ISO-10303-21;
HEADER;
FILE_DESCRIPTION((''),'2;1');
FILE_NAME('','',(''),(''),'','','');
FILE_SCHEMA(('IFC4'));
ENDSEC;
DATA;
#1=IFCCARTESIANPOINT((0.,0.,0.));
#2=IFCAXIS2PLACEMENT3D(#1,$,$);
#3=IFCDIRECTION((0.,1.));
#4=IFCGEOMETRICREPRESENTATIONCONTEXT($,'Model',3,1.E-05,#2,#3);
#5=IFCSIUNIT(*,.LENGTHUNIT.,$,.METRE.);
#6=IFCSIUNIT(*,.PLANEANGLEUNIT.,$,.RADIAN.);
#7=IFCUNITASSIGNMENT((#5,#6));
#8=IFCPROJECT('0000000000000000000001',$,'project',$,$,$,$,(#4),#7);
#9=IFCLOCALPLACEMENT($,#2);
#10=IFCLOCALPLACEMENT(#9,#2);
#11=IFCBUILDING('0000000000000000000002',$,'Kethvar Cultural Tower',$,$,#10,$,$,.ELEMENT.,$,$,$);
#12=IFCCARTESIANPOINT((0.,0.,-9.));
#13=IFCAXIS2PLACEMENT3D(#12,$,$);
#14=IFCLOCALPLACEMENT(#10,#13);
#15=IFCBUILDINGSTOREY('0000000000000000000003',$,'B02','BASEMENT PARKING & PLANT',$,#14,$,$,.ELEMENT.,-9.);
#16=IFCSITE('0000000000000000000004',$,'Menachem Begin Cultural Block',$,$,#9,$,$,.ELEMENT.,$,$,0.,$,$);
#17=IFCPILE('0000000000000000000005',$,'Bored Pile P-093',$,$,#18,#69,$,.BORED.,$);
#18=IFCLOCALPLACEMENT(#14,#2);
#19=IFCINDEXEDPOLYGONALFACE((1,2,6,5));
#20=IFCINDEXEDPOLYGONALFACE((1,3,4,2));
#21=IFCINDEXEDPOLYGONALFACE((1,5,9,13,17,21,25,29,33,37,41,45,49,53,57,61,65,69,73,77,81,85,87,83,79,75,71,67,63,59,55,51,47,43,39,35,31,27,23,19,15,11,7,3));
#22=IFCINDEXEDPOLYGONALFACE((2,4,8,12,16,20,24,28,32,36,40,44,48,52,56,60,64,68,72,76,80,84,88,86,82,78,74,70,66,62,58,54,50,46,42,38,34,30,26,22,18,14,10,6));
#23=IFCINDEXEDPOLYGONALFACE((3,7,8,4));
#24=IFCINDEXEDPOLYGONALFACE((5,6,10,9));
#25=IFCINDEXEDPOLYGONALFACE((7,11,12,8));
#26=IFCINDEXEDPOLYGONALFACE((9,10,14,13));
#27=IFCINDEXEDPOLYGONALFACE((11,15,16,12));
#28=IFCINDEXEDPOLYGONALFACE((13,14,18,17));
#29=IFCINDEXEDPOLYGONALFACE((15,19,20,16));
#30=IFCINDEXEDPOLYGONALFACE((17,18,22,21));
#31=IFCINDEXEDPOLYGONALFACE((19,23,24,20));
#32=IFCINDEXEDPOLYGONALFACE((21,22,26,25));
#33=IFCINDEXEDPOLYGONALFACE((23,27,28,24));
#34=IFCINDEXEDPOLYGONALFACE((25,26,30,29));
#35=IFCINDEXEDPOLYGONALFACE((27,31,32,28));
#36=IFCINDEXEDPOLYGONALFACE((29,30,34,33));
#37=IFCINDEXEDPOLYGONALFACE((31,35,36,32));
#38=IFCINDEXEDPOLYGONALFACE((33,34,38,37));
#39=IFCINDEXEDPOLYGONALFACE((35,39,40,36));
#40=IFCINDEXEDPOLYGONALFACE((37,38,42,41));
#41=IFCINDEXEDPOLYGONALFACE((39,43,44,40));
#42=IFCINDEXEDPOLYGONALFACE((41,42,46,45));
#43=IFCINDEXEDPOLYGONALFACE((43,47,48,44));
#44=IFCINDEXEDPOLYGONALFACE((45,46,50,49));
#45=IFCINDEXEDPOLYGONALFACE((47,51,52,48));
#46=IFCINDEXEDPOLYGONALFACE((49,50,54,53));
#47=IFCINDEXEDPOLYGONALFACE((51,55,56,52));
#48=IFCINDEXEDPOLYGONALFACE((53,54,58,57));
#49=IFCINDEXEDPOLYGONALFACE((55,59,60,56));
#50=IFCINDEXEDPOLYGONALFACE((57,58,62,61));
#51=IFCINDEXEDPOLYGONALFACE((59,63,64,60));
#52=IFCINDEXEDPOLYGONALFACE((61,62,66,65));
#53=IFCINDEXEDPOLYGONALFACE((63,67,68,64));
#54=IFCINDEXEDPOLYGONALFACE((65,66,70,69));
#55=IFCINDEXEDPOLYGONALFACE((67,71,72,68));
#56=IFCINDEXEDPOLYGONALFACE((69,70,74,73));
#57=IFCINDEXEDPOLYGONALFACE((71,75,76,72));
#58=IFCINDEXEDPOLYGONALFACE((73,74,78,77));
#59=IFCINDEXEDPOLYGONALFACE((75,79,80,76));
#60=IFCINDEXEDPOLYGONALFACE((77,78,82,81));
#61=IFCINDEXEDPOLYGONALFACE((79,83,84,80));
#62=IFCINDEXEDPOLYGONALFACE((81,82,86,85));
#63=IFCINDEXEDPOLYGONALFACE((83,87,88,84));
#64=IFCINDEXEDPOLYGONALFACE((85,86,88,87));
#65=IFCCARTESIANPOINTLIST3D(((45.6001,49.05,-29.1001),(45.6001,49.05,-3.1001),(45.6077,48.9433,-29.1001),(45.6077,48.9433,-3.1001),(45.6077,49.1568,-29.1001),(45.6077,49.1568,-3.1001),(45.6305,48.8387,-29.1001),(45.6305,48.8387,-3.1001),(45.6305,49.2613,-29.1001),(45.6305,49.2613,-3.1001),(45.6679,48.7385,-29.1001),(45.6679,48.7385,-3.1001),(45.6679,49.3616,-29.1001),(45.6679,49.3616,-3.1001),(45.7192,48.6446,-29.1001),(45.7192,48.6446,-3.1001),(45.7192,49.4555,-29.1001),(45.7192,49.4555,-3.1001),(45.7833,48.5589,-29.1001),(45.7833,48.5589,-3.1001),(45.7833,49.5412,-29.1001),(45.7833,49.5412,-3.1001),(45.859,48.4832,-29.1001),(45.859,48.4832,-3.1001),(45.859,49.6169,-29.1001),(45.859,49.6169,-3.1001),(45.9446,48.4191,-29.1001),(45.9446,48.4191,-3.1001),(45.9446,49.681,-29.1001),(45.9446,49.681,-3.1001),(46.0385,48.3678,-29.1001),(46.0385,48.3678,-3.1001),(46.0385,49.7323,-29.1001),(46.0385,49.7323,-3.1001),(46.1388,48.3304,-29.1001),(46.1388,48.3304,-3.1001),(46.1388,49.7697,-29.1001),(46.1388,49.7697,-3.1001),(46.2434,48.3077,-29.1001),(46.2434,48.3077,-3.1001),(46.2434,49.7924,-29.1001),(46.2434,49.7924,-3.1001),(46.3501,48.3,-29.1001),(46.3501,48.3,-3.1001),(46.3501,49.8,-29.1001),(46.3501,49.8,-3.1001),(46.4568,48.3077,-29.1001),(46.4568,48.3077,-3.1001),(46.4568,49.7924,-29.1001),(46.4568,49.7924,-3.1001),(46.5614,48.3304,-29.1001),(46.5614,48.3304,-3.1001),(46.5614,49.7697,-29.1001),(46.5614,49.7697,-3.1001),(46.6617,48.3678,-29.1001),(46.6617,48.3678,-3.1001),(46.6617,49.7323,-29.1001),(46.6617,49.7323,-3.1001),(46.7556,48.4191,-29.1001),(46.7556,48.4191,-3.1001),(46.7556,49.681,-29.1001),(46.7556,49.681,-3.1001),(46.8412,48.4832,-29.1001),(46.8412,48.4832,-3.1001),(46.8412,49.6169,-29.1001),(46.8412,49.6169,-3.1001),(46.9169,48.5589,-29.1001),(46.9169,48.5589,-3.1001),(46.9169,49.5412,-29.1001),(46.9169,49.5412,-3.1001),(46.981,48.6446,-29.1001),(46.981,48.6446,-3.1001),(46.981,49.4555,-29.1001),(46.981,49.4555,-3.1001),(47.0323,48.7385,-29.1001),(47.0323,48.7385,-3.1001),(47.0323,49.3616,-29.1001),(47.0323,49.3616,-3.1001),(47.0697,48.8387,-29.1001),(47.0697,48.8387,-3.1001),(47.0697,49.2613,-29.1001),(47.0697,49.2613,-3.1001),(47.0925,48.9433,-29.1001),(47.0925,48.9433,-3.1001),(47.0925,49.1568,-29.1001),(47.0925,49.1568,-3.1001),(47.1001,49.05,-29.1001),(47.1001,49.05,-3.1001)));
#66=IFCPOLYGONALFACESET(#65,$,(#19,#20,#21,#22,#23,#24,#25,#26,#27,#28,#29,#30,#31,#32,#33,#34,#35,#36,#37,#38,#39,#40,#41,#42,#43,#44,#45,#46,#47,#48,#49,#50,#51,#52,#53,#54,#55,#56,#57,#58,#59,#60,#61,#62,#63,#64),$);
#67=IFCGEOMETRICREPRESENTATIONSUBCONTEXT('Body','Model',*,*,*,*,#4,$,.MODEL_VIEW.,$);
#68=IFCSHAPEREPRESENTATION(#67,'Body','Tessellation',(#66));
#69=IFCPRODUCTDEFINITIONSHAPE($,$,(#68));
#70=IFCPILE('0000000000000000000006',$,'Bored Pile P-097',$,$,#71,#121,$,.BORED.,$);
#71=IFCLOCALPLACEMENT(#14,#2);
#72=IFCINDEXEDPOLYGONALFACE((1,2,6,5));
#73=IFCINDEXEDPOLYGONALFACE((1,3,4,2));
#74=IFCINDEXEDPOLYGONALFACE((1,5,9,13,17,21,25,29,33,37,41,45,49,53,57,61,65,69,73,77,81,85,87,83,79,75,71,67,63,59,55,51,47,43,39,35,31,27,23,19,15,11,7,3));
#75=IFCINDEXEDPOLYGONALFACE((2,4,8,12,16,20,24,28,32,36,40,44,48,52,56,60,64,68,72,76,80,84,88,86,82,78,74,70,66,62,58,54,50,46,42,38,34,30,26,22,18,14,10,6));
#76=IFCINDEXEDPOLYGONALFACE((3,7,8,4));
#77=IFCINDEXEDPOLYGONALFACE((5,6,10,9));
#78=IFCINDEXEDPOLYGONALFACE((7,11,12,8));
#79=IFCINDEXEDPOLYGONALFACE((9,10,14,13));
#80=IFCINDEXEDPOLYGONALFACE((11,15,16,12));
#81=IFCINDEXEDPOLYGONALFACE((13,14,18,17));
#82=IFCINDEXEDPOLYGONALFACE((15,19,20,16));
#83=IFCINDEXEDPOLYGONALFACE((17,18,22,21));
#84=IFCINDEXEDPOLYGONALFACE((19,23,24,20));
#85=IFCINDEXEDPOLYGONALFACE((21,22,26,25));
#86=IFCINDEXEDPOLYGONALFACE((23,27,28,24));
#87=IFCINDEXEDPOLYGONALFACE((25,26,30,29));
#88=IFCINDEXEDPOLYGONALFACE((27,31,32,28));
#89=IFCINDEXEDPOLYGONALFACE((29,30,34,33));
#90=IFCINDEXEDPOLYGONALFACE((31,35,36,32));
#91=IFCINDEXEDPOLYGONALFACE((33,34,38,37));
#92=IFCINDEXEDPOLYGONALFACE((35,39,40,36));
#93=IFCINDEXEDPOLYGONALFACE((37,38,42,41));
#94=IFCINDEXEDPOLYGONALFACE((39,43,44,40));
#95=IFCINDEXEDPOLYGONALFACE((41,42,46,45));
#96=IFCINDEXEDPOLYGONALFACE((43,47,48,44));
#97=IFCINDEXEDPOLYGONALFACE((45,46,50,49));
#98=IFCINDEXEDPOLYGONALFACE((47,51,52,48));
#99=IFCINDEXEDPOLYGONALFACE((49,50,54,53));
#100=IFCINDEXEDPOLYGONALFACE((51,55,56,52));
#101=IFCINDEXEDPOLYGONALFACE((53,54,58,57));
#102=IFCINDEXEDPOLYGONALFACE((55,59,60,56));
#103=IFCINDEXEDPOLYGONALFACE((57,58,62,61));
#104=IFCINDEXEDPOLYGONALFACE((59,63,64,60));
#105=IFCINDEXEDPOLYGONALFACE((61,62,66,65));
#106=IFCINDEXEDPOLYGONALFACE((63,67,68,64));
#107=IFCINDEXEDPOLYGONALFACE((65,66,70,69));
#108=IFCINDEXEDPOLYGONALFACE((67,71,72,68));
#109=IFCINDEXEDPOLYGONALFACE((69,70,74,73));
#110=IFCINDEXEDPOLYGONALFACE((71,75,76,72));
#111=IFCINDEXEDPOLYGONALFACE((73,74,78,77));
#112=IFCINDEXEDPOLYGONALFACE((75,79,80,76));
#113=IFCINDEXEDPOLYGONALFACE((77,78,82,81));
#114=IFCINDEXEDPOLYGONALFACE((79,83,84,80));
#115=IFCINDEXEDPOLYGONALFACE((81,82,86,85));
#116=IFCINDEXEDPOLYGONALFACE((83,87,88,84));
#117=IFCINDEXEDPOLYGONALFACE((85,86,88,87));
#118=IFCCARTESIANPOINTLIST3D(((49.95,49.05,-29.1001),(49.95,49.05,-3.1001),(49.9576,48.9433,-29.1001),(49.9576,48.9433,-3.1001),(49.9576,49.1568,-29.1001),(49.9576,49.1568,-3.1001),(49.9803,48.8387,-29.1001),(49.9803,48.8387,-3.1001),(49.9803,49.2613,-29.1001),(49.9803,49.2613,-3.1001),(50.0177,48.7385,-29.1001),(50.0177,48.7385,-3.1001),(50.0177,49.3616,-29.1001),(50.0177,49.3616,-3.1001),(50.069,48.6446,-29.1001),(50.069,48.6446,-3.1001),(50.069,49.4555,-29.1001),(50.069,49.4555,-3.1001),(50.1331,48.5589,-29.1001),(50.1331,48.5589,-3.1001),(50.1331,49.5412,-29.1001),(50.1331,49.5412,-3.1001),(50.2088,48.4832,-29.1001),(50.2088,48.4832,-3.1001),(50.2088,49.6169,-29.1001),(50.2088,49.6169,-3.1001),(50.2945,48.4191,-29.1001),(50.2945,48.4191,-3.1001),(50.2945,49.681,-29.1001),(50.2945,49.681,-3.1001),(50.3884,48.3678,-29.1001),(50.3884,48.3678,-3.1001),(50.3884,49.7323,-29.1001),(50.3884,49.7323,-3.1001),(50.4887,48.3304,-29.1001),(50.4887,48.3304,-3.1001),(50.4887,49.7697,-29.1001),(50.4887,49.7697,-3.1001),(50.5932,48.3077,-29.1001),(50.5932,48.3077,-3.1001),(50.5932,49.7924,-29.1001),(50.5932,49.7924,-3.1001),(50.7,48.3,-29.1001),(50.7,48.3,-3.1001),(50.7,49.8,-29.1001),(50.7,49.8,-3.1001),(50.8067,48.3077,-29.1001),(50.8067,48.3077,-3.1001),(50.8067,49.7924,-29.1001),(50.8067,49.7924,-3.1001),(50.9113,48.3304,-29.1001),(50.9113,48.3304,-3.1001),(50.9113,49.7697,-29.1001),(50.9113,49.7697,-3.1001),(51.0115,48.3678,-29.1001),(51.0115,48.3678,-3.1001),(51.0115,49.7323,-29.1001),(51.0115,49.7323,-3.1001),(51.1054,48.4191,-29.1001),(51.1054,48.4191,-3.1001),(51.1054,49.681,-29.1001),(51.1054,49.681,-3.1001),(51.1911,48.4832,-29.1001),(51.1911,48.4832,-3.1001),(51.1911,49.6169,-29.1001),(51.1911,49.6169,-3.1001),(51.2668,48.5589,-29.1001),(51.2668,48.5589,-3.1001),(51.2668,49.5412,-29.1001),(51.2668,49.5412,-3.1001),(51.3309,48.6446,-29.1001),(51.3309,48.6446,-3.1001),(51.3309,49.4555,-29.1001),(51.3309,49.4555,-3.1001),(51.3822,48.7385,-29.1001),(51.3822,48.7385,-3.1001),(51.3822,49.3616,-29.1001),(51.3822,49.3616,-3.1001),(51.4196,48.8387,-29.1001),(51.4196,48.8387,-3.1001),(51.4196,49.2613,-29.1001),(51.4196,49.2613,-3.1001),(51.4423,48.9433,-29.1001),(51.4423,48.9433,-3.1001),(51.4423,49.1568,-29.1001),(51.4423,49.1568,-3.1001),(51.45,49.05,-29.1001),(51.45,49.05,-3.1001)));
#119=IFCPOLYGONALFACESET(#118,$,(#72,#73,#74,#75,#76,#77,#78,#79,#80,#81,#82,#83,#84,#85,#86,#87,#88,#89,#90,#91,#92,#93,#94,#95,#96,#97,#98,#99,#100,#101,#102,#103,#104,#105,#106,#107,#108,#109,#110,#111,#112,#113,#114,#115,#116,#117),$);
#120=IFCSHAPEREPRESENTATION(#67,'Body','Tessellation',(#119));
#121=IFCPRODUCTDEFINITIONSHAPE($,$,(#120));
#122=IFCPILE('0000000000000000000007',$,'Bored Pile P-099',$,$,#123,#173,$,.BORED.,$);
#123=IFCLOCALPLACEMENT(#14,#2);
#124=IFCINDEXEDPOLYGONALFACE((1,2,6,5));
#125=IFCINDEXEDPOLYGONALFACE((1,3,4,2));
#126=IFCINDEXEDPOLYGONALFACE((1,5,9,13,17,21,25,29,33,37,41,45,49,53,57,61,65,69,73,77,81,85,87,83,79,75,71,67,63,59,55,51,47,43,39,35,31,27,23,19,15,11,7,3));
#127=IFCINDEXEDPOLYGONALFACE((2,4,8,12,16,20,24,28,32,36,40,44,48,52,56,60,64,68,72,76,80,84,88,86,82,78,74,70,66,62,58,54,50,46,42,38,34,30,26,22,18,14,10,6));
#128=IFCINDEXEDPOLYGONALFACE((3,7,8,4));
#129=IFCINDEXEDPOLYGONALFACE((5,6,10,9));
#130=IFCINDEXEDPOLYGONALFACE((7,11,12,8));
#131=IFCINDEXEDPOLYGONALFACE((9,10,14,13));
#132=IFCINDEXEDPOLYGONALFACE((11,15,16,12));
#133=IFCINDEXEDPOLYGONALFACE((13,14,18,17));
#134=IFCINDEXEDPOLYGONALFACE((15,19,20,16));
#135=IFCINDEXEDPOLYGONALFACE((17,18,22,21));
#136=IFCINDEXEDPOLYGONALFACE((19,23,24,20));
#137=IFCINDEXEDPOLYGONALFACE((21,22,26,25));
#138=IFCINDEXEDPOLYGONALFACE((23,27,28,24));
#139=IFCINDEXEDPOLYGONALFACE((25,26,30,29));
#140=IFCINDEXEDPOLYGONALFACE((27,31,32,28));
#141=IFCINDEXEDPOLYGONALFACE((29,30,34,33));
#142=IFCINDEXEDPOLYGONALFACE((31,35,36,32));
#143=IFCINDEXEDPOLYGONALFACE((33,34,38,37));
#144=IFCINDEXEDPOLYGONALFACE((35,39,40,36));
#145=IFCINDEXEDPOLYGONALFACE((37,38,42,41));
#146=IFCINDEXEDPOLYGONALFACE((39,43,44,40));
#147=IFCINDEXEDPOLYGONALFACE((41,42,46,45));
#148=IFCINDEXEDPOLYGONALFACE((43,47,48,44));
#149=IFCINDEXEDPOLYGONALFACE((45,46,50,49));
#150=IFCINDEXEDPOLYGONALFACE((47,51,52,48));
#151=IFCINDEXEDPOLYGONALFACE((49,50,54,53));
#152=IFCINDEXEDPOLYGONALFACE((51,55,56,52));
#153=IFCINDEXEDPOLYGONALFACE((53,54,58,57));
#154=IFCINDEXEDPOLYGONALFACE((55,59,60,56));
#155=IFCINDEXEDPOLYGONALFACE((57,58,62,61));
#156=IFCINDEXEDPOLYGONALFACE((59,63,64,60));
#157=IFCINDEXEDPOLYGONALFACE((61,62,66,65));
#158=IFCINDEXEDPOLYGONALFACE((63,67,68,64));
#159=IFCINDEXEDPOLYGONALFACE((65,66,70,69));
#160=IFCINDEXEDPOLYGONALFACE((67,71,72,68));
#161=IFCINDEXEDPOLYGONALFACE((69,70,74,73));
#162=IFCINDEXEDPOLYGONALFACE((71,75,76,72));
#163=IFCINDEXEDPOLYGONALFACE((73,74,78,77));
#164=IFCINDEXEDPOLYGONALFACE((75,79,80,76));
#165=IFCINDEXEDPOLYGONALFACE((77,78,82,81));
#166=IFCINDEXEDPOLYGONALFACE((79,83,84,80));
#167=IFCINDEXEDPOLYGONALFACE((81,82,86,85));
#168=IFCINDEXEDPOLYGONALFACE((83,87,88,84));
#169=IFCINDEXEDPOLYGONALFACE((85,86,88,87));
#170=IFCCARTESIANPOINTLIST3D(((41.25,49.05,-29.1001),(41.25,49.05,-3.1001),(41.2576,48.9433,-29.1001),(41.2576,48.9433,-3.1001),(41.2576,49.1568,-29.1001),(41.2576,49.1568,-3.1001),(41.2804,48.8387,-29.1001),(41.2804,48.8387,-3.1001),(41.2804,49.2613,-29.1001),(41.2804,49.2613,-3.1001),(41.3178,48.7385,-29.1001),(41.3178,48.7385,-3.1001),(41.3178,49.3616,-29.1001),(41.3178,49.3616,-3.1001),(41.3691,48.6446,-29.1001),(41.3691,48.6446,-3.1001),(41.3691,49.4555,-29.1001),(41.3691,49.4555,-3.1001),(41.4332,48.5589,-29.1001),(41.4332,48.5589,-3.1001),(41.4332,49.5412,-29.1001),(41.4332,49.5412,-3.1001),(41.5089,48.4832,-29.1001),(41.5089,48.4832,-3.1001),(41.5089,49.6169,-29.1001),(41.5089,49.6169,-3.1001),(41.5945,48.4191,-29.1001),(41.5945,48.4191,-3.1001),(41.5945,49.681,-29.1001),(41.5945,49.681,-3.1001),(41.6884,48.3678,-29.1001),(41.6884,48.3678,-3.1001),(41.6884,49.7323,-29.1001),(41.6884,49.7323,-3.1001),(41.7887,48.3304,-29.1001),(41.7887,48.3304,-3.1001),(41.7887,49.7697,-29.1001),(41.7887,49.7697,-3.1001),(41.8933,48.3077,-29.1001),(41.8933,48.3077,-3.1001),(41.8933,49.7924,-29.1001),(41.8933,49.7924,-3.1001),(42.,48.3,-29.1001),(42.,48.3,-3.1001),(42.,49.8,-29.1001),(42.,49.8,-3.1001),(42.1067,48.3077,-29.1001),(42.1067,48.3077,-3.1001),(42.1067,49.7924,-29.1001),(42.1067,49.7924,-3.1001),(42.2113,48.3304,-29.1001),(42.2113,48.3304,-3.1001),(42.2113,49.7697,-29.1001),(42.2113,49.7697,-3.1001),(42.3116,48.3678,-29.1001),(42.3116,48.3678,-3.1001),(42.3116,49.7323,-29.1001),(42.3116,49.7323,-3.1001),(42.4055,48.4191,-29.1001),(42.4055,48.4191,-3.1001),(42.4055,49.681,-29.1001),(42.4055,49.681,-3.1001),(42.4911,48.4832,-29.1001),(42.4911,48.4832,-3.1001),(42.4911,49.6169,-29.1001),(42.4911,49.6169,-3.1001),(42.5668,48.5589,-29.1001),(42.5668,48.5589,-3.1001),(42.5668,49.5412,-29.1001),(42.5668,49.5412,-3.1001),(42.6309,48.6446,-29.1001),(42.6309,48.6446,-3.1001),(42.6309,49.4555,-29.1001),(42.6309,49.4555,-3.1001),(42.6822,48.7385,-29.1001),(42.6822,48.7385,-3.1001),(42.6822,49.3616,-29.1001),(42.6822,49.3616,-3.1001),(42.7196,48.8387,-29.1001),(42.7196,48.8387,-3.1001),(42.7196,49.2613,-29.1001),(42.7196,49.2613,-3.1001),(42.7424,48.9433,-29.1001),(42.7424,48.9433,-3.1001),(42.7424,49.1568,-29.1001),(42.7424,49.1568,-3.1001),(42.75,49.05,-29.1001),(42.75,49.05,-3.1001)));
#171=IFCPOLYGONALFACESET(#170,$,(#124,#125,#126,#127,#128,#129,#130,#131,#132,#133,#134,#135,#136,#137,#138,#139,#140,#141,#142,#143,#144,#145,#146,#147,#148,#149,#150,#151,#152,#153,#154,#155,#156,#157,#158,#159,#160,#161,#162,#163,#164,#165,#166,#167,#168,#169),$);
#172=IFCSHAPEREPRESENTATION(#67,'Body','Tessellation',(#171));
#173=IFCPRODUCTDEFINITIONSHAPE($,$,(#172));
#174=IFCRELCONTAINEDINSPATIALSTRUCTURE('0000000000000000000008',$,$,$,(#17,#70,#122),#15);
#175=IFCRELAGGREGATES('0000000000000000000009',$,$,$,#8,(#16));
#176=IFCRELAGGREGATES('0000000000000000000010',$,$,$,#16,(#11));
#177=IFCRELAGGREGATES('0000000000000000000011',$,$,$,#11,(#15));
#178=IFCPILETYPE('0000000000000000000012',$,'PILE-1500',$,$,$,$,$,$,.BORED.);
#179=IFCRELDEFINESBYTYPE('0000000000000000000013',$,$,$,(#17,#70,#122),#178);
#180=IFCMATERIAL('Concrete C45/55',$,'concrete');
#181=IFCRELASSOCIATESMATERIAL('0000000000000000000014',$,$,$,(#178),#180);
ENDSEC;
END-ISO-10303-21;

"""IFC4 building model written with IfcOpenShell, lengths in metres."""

from ifc_helpers import new_model, si_unit, direction, frame, origin, origin_2d, place, context, subcontext, project, spatial, circle, extrude, source, transform, mapped, material, material_profile, profile_set, type_object, element, save


model = new_model("IFC4")

# Units and contexts
model_context = context("Model", 3, precision=1e-05, world=origin(), true_north=direction((0.0, 1.0)))
body_context = subcontext(model_context, "Body", "Model", "MODEL_VIEW")
ifc_project = project(units=[si_unit("LENGTHUNIT", "METRE"), si_unit("PLANEANGLEUNIT", "RADIAN")], contexts=[model_context])

# Site, building, storey
site_placement = place(None, origin())
site = spatial("IfcSite", under=ifc_project, at=site_placement, Name="Menachem Begin Cultural Block", CompositionType="ELEMENT", RefElevation=0.0)
building_placement = place(site_placement, origin())
building = spatial("IfcBuilding", under=site, at=building_placement, Name="Kethvar Cultural Tower", CompositionType="ELEMENT")
storey_placement = place(building_placement, frame((0.0, 0.0, -9.0)))
storey = spatial("IfcBuildingStorey", under=building, at=storey_placement, Name="B02", Description="BASEMENT PARKING & PLANT", CompositionType="ELEMENT", Elevation=-9.0)

# Piles
ifc_material_1 = material(Name="Concrete C45/55", Category="concrete")
ifc_material_profile_1 = material_profile(ifc_material_1, circle(Radius=0.75, at=origin_2d()), Name="Concrete C45/55 — PILE1500")
ifc_profile_set_1 = profile_set([ifc_material_profile_1], Name="Concrete C45/55 — PILE1500")
pile_type = type_object("IfcPileType", Name="PILE-1500", PredefinedType="BORED", material=ifc_profile_set_1)
shared_shape_1 = source(origin(), body_context, "Body", "SweptSolid", [
    extrude(circle(Radius=0.75, at=origin_2d()), origin(), (0.0, 0.0, 1.0), 26.0),
])
for number, where, z_axis, x_axis, name in (
    (1, (46.3501, 49.05, -3.1001), (0.0, 0.0, -1.0), (1.0, 0.0, 0.0), "Bored Pile P-093"),
    (2, (50.7, 49.05, -3.1001), (0.0, 0.0, -1.0), (1.0, 0.0, 0.0), "Bored Pile P-097"),
    (3, (42.0, 49.05, -3.1001), (0.0, 0.0, -1.0), (1.0, 0.0, 0.0), "Bored Pile P-099"),
):
    element("IfcPile", number, at=place(storey_placement, frame(where, z_axis=z_axis, x_axis=x_axis)), inside=storey, type_object=pile_type, Name=name, PredefinedType="BORED", context=body_context, shape_type="MappedRepresentation", body=[
        mapped(shared_shape_1, transform((0.0, 0.0, 0.0), scale=1.0)),
    ])

save(model, "model.ifc")
